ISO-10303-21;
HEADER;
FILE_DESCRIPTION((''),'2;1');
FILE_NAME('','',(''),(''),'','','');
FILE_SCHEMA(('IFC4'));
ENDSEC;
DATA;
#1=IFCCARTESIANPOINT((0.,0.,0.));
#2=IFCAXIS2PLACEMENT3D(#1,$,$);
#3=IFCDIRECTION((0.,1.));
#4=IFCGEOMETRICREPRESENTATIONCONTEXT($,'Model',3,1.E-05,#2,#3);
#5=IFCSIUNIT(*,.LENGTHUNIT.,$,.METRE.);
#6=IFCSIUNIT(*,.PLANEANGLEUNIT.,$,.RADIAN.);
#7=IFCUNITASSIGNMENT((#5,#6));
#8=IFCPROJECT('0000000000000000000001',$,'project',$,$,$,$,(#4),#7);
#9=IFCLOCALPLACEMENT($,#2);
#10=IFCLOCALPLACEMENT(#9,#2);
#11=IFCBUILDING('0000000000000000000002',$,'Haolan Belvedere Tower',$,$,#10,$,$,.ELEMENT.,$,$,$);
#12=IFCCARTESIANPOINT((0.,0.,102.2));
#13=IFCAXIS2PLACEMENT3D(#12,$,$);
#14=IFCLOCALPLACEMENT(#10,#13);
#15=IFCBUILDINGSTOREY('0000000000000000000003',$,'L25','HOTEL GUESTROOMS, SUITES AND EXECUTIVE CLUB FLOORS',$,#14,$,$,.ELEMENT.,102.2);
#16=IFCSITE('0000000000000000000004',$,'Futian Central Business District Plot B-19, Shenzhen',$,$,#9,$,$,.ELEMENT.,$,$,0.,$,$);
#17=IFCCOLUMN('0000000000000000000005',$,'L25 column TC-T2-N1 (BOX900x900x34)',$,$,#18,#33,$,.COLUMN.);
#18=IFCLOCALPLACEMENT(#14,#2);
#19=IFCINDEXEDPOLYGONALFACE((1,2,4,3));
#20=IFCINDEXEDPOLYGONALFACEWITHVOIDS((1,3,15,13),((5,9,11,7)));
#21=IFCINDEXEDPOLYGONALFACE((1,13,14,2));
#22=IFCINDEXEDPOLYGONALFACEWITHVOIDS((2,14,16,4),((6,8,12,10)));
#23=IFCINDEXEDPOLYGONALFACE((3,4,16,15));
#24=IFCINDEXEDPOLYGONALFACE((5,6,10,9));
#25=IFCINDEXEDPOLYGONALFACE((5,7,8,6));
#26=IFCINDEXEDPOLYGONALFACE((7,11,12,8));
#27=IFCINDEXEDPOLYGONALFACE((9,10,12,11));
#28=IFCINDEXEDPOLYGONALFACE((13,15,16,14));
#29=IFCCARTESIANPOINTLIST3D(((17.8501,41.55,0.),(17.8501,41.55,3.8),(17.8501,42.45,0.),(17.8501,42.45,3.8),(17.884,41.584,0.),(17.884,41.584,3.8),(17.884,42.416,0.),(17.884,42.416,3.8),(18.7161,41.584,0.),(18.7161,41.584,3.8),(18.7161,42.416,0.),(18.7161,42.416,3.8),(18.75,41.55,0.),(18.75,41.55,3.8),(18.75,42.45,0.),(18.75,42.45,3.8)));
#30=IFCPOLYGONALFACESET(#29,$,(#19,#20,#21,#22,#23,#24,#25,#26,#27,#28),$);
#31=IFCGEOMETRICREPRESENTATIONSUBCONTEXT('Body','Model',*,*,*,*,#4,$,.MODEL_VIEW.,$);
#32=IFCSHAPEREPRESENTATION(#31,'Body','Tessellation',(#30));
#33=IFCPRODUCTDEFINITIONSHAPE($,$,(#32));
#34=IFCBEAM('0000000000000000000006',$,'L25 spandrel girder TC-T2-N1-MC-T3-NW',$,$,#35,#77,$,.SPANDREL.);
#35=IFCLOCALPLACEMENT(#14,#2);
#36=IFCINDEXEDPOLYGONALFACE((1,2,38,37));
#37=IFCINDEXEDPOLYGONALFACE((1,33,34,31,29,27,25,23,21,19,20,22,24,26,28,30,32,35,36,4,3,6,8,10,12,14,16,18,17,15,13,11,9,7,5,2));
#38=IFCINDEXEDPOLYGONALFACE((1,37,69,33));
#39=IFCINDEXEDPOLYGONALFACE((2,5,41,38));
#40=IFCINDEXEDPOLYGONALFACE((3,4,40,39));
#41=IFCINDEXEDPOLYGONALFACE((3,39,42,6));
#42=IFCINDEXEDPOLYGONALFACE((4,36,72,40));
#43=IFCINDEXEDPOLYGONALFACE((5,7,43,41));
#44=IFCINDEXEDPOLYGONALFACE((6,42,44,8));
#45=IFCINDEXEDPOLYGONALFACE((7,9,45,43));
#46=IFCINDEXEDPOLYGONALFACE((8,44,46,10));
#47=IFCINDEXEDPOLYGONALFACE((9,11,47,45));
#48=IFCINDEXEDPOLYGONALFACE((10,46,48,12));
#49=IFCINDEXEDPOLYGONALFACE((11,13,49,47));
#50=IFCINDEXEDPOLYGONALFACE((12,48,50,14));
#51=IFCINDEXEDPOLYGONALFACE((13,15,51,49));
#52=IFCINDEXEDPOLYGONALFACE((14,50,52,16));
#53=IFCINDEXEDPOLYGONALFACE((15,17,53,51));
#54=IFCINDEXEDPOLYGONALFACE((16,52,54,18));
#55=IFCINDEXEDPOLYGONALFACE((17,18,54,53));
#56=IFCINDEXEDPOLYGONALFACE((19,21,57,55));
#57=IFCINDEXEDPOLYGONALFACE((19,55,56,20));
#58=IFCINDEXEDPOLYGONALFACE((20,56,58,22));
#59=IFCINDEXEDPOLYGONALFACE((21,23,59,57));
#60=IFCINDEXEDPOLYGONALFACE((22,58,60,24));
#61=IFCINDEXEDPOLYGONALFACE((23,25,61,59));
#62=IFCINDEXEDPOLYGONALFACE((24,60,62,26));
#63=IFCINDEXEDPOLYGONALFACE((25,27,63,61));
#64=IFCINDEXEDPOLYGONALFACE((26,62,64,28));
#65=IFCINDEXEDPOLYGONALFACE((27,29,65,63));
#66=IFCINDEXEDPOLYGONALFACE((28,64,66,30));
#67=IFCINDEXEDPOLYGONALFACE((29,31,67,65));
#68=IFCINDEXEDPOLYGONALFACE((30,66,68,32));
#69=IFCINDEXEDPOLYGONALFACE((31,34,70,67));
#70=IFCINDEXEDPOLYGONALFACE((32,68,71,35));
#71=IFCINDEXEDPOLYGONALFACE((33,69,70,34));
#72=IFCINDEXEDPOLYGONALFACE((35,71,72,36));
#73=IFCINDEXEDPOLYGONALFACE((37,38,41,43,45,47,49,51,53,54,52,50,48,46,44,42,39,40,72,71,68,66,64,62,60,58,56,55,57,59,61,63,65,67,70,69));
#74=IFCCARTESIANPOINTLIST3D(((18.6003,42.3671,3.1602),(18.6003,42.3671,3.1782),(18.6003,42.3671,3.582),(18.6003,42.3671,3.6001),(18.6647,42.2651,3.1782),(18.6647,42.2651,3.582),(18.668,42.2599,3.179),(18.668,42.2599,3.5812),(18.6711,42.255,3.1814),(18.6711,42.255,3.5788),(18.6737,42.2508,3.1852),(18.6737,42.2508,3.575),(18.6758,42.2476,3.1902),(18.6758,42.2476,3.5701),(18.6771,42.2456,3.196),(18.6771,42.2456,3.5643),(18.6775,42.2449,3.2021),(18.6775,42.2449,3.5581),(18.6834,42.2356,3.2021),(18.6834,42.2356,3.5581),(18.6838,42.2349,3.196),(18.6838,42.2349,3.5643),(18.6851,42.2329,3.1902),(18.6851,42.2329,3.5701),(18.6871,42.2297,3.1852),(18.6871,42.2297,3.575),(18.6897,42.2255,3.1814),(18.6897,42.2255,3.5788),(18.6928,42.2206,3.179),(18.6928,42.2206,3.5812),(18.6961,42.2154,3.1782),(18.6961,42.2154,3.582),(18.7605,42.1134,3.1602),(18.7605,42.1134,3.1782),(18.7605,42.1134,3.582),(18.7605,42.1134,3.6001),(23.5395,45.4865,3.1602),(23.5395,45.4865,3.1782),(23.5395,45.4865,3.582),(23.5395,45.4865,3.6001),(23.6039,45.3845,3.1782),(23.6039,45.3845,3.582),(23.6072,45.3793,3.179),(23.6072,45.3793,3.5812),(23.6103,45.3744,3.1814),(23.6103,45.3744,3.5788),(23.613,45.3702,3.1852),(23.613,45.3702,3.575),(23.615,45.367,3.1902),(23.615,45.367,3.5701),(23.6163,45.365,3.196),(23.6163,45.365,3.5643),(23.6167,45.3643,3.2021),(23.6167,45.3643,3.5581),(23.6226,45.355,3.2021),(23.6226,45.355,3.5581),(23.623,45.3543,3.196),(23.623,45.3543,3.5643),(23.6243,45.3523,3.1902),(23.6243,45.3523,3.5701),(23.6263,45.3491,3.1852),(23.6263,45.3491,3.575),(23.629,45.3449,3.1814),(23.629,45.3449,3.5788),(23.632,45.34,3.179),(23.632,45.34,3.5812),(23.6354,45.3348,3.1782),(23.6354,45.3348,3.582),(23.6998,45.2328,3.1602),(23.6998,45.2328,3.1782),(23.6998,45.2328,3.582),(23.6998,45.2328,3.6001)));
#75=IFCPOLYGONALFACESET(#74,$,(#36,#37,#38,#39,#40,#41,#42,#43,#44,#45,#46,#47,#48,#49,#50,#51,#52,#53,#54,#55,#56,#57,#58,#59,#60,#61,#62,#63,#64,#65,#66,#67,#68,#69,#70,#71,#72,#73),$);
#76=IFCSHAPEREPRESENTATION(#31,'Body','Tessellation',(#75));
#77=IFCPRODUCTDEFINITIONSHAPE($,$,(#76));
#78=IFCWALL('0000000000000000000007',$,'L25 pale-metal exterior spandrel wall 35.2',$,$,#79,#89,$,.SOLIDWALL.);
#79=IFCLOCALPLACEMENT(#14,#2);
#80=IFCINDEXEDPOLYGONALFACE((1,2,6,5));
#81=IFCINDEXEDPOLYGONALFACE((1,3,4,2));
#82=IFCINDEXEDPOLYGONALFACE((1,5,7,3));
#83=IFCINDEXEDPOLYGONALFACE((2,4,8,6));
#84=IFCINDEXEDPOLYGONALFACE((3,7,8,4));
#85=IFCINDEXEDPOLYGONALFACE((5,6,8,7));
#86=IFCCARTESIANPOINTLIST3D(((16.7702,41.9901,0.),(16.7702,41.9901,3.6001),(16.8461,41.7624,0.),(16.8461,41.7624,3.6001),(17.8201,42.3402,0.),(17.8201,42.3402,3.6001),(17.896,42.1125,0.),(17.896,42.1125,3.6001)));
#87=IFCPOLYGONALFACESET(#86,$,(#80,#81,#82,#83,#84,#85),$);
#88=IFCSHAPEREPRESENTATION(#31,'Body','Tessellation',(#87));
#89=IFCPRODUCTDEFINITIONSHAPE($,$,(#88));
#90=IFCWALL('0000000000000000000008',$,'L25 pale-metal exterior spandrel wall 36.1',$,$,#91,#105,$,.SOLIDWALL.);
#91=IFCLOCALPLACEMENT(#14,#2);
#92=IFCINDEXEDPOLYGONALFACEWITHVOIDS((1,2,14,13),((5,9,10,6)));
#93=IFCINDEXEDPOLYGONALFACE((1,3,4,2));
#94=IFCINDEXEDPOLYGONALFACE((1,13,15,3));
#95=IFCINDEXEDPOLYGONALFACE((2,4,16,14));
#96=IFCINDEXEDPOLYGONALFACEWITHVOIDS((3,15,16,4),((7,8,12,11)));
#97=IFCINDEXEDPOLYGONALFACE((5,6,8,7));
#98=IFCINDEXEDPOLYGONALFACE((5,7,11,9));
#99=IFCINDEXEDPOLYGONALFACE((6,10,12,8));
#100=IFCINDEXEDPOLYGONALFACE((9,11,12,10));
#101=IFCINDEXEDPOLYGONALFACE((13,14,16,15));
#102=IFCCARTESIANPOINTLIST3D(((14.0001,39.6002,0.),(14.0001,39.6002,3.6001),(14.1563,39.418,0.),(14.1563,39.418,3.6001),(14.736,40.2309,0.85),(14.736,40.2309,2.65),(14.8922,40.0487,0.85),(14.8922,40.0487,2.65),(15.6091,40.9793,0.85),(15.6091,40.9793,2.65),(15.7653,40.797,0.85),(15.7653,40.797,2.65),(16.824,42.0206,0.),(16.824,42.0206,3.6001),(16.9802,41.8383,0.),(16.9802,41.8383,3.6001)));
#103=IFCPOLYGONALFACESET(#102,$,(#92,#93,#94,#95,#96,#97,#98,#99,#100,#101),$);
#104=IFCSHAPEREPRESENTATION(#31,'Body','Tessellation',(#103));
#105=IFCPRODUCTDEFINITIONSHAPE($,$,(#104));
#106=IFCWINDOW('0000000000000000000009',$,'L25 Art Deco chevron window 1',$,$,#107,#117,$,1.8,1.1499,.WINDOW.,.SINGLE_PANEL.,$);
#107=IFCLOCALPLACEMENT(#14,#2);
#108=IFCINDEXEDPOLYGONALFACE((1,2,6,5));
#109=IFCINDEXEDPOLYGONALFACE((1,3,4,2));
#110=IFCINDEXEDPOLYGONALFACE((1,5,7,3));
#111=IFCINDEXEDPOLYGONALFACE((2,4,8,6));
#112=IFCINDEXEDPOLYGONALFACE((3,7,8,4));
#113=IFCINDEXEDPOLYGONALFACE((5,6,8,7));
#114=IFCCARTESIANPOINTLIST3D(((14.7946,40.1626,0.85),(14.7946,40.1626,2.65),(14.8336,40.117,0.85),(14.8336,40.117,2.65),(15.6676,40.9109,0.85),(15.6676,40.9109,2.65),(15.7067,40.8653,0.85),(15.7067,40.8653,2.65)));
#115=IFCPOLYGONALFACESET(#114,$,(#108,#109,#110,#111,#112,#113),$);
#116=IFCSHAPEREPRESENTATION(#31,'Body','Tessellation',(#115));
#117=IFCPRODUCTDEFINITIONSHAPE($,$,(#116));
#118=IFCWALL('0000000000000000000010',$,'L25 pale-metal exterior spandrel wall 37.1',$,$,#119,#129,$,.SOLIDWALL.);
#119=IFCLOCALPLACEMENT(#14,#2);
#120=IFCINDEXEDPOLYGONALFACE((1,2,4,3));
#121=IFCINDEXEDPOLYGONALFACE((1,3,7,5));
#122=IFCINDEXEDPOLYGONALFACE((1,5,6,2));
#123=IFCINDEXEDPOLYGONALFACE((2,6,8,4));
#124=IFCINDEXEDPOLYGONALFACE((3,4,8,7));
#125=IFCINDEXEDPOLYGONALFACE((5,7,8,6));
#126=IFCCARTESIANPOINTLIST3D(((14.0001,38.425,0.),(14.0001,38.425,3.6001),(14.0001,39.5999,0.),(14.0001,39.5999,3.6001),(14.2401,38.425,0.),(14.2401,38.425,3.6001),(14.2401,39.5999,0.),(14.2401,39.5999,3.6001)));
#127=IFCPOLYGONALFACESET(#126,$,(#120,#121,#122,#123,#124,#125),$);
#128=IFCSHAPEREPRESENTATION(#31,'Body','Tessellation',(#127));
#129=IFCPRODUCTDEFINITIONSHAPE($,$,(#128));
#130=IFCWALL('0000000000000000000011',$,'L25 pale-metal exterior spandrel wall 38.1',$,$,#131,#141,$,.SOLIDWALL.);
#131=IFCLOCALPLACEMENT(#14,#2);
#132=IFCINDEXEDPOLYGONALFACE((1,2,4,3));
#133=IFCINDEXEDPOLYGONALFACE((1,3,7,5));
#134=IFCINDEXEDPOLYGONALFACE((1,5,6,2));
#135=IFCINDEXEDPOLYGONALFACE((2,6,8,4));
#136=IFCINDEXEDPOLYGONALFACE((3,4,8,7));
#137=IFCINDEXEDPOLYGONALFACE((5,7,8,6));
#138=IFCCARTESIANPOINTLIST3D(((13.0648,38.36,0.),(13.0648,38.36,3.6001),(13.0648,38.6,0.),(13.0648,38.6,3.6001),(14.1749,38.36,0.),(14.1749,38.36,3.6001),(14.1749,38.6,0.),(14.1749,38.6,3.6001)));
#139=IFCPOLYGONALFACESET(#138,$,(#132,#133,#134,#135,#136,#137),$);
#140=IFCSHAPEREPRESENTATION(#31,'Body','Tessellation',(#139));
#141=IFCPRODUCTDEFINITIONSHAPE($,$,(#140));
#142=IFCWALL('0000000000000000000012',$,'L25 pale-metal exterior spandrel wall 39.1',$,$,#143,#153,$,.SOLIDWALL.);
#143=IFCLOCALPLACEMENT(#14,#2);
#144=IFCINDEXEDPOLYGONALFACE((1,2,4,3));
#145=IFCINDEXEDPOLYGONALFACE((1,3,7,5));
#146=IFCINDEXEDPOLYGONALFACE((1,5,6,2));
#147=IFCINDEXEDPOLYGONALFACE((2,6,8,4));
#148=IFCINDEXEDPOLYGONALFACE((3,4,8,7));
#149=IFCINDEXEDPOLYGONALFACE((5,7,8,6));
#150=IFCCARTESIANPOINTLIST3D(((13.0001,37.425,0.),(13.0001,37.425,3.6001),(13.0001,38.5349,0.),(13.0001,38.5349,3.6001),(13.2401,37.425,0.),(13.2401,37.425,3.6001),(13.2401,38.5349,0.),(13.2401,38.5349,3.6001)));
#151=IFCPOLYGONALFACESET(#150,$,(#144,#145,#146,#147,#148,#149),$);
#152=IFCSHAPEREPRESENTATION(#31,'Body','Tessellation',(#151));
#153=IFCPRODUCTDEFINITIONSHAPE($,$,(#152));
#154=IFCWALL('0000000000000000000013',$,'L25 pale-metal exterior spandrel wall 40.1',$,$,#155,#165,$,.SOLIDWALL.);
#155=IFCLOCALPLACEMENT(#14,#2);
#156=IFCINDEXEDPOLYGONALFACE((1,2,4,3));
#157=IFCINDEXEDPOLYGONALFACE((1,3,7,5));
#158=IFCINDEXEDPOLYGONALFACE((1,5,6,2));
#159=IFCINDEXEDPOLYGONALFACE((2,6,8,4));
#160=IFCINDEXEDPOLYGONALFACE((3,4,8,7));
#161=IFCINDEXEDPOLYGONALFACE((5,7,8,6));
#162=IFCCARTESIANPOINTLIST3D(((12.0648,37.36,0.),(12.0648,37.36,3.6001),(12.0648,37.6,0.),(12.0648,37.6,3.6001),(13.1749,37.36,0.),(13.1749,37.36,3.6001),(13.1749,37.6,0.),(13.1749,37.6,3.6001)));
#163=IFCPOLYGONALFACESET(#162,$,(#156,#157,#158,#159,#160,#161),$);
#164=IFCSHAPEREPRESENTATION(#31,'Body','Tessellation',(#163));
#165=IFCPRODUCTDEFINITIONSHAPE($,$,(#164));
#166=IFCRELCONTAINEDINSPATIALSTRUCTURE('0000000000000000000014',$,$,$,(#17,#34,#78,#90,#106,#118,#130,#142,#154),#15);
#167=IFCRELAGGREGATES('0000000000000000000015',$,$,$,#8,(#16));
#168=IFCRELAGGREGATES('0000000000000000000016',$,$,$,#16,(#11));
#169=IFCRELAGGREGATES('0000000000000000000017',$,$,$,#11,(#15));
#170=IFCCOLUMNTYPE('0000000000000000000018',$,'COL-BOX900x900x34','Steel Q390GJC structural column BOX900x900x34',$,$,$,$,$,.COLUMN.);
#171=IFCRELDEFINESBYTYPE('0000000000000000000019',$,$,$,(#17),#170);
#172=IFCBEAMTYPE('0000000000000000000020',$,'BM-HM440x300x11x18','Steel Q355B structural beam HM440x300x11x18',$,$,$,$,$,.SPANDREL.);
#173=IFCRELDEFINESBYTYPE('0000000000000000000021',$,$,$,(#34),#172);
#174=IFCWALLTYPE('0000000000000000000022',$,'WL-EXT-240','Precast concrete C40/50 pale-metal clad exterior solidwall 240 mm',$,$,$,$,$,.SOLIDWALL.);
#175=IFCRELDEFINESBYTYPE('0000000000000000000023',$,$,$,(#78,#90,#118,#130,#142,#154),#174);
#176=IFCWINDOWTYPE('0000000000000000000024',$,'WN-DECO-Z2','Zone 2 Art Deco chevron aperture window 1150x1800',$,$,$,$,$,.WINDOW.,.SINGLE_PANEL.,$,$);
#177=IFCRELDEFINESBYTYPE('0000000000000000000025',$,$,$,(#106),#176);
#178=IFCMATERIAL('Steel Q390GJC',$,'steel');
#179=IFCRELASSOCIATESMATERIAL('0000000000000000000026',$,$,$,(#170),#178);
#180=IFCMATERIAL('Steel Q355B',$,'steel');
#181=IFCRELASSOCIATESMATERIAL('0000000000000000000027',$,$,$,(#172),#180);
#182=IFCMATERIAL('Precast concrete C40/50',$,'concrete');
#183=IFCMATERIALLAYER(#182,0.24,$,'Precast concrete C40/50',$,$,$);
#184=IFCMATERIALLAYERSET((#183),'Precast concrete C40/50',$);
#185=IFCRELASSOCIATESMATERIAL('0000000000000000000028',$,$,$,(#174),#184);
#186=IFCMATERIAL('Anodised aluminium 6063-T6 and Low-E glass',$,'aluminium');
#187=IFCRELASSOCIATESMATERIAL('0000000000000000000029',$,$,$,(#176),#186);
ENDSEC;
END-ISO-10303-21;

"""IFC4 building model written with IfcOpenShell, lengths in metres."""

from ifc_helpers import new_model, si_unit, direction, frame, frame_2d, origin, origin_2d, place, context, subcontext, project, spatial, rectangle, hollow_rectangle, i_section, extrude, material, layer, layer_set, material_profile, profile_set, type_object, element, fill, save


model = new_model("IFC4")

# Units and contexts
model_context = context("Model", 3, precision=1e-05, world=origin(), true_north=direction((0.0, 1.0)))
body_context = subcontext(model_context, "Body", "Model", "MODEL_VIEW")
ifc_project = project(units=[si_unit("LENGTHUNIT", "METRE"), si_unit("PLANEANGLEUNIT", "RADIAN")], contexts=[model_context])

# Site, building, storey
site_placement = place(None, origin())
site = spatial("IfcSite", under=ifc_project, at=site_placement, Name="Futian Central Business District Plot B-19, Shenzhen", CompositionType="ELEMENT", RefElevation=0.0)
building_placement = place(site_placement, origin())
building = spatial("IfcBuilding", under=site, at=building_placement, Name="Haolan Belvedere Tower", CompositionType="ELEMENT")
storey_placement = place(building_placement, frame((0.0, 0.0, 102.2)))
storey = spatial("IfcBuildingStorey", under=building, at=storey_placement, Name="L25", Description="HOTEL GUESTROOMS, SUITES AND EXECUTIVE CLUB FLOORS", CompositionType="ELEMENT", Elevation=102.2)

# Column
ifc_material_1 = material(Name="Steel Q390GJC", Category="steel")
ifc_material_profile_1 = material_profile(ifc_material_1, hollow_rectangle(XDim=0.8999, YDim=0.8999, WallThickness=0.0339, at=origin_2d()), Name="Steel Q390GJC")
ifc_profile_set_1 = profile_set([ifc_material_profile_1], Name="Steel Q390GJC")
column_type = type_object("IfcColumnType", Name="COL-BOX900x900x34", Description="Steel Q390GJC structural column BOX900x900x34", PredefinedType="COLUMN", material=ifc_profile_set_1)
column_placement = place(storey_placement, frame((18.3, 42.0, 0.0), z_axis=(0.0, 0.0, 1.0), x_axis=(1.0, 0.0, 0.0)))
element("IfcColumn", 1, at=column_placement, inside=storey, type_object=column_type, Name="L25 column TC-T2-N1 (BOX900x900x34)", PredefinedType="COLUMN", context=body_context, shape_type="SweptSolid", body=[
    extrude(hollow_rectangle(XDim=0.8999, YDim=0.8999, WallThickness=0.0339, at=origin_2d()), origin(), (0.0, 0.0, 1.0), 3.8),
])

# Beam
ifc_material_2 = material(Name="Steel Q355B", Category="steel")
ifc_material_profile_2 = material_profile(ifc_material_2, i_section(OverallWidth=0.3, OverallDepth=0.4399, WebThickness=0.011, FlangeThickness=0.0181, FilletRadius=0.0239, at=origin_2d()), Name="Steel Q355B")
ifc_profile_set_2 = profile_set([ifc_material_profile_2], Name="Steel Q355B")
beam_type = type_object("IfcBeamType", Name="BM-HM440x300x11x18", Description="Steel Q355B structural beam HM440x300x11x18", PredefinedType="SPANDREL", material=ifc_profile_set_2)
beam_placement = place(storey_placement, frame((18.6804, 42.2402, 3.3801), z_axis=(0.845498, 0.533979, 0.0), x_axis=(-0.533979, 0.845498, 0.0)))
element("IfcBeam", 2, at=beam_placement, inside=storey, type_object=beam_type, Name="L25 spandrel girder TC-T2-N1-MC-T3-NW", PredefinedType="SPANDREL", context=body_context, shape_type="SweptSolid", body=[
    extrude(i_section(OverallWidth=0.3, OverallDepth=0.4399, WebThickness=0.011, FlangeThickness=0.0181, FilletRadius=0.0239, at=origin_2d()), origin(), (0.0, 0.0, 1.0), 5.8418),
])

# Wall
ifc_material_3 = material(Name="Precast concrete C40/50", Category="concrete")
ifc_layer_1 = layer(ifc_material_3, 0.24, Name="Precast concrete C40/50")
ifc_layer_set_1 = layer_set([ifc_layer_1], Name="Precast concrete C40/50")
wall_type_1 = type_object("IfcWallType", Name="WL-EXT-240", Description="Precast concrete C40/50 pale-metal clad exterior solidwall 240 mm", PredefinedType="SOLIDWALL", material=ifc_layer_set_1)
wall_1_placement = place(storey_placement, frame((17.8579, 42.2263, 0.0), z_axis=(0.0, 0.0, 1.0), x_axis=(-0.948639, -0.31636, 0.0)))
element("IfcWall", 3, at=wall_1_placement, inside=storey, type_object=wall_type_1, Name="L25 pale-metal exterior spandrel wall 35.2", PredefinedType="SOLIDWALL", context=body_context, shape_type="SweptSolid", body=[
    extrude(rectangle(XDim=1.1067, YDim=0.24, at=frame_2d((0.5532, 0.0))), origin(), (0.0, 0.0, 1.0), 3.6001),
])

# Wall, opening, window
wall_2_placement = place(storey_placement, frame((16.9021, 41.9294, 0.0), z_axis=(0.0, 0.0, 1.0), x_axis=(-0.759275, -0.65077, 0.0)))
wall_2 = element("IfcWall", 4, at=wall_2_placement, inside=storey, type_object=wall_type_1, Name="L25 pale-metal exterior spandrel wall 36.1", PredefinedType="SOLIDWALL", context=body_context, shape_type="SweptSolid", body=[
    extrude(rectangle(XDim=3.7192, YDim=0.24, at=frame_2d((1.8596, 0.0))), origin(), (0.0, 0.0, 1.0), 3.6001),
])
opening_1_placement = place(wall_2_placement, frame((1.6001, 0.0, 0.8501)))
opening_1 = element("IfcOpeningElement", 5, at=opening_1_placement, cuts=wall_2, PredefinedType="OPENING", context=body_context, shape_type="SweptSolid", body=[
    extrude(rectangle(XDim=1.1499, YDim=1.8, at=frame_2d((0.575, 0.8999))), frame((0.0, 0.1299, 0.0), z_axis=(0.0, -1.0, 0.0), x_axis=(1.0, 0.0, 0.0)), (0.0, 0.0, 1.0), 0.26),
])
ifc_material_4 = material(Name="Anodised aluminium 6063-T6 and Low-E glass", Category="aluminium")
window_type = type_object("IfcWindowType", Name="WN-DECO-Z2", Description="Zone 2 Art Deco chevron aperture window 1150x1800", PartitioningType="SINGLE_PANEL", PredefinedType="WINDOW", material=ifc_material_4)
window_1_placement = place(opening_1_placement, origin())
window_1 = element("IfcWindow", 6, at=window_1_placement, inside=storey, type_object=window_type, Name="L25 Art Deco chevron window 1", OverallHeight=1.8, OverallWidth=1.1499, PartitioningType="SINGLE_PANEL", PredefinedType="WINDOW", context=body_context, shape_type="SweptSolid", body=[
    extrude(rectangle(XDim=1.1499, YDim=1.8, at=frame_2d((0.575, 0.8999))), frame((0.0, 0.03, 0.0), z_axis=(0.0, -1.0, 0.0), x_axis=(1.0, 0.0, 0.0)), (0.0, 0.0, 1.0), 0.0601),
])
fill(opening_1, window_1)

# Walls
wall_3_placement = place(storey_placement, frame((14.1201, 39.5999, 0.0), z_axis=(0.0, 0.0, 1.0), x_axis=(0.0, -1.0, 0.0)))
element("IfcWall", 7, at=wall_3_placement, inside=storey, type_object=wall_type_1, Name="L25 pale-metal exterior spandrel wall 37.1", PredefinedType="SOLIDWALL", context=body_context, shape_type="SweptSolid", body=[
    extrude(rectangle(XDim=1.1748, YDim=0.24, at=frame_2d((0.5874, 0.0))), origin(), (0.0, 0.0, 1.0), 3.6001),
])
wall_4_placement = place(storey_placement, frame((14.175, 38.48, 0.0), z_axis=(0.0, 0.0, 1.0), x_axis=(-1.0, 0.0, 0.0)))
element("IfcWall", 8, at=wall_4_placement, inside=storey, type_object=wall_type_1, Name="L25 pale-metal exterior spandrel wall 38.1", PredefinedType="SOLIDWALL", context=body_context, shape_type="SweptSolid", body=[
    extrude(rectangle(XDim=1.1101, YDim=0.24, at=frame_2d((0.5552, 0.0))), origin(), (0.0, 0.0, 1.0), 3.6001),
])
wall_5_placement = place(storey_placement, frame((13.1201, 38.5349, 0.0), z_axis=(0.0, 0.0, 1.0), x_axis=(0.0, -1.0, 0.0)))
element("IfcWall", 9, at=wall_5_placement, inside=storey, type_object=wall_type_1, Name="L25 pale-metal exterior spandrel wall 39.1", PredefinedType="SOLIDWALL", context=body_context, shape_type="SweptSolid", body=[
    extrude(rectangle(XDim=1.1099, YDim=0.24, at=frame_2d((0.5549, 0.0))), origin(), (0.0, 0.0, 1.0), 3.6001),
])
wall_6_placement = place(storey_placement, frame((13.175, 37.48, 0.0), z_axis=(0.0, 0.0, 1.0), x_axis=(-1.0, 0.0, 0.0)))
element("IfcWall", 10, at=wall_6_placement, inside=storey, type_object=wall_type_1, Name="L25 pale-metal exterior spandrel wall 40.1", PredefinedType="SOLIDWALL", context=body_context, shape_type="SweptSolid", body=[
    extrude(rectangle(XDim=1.1101, YDim=0.24, at=frame_2d((0.5552, 0.0))), origin(), (0.0, 0.0, 1.0), 3.6001),
])

save(model, "model.ifc")
